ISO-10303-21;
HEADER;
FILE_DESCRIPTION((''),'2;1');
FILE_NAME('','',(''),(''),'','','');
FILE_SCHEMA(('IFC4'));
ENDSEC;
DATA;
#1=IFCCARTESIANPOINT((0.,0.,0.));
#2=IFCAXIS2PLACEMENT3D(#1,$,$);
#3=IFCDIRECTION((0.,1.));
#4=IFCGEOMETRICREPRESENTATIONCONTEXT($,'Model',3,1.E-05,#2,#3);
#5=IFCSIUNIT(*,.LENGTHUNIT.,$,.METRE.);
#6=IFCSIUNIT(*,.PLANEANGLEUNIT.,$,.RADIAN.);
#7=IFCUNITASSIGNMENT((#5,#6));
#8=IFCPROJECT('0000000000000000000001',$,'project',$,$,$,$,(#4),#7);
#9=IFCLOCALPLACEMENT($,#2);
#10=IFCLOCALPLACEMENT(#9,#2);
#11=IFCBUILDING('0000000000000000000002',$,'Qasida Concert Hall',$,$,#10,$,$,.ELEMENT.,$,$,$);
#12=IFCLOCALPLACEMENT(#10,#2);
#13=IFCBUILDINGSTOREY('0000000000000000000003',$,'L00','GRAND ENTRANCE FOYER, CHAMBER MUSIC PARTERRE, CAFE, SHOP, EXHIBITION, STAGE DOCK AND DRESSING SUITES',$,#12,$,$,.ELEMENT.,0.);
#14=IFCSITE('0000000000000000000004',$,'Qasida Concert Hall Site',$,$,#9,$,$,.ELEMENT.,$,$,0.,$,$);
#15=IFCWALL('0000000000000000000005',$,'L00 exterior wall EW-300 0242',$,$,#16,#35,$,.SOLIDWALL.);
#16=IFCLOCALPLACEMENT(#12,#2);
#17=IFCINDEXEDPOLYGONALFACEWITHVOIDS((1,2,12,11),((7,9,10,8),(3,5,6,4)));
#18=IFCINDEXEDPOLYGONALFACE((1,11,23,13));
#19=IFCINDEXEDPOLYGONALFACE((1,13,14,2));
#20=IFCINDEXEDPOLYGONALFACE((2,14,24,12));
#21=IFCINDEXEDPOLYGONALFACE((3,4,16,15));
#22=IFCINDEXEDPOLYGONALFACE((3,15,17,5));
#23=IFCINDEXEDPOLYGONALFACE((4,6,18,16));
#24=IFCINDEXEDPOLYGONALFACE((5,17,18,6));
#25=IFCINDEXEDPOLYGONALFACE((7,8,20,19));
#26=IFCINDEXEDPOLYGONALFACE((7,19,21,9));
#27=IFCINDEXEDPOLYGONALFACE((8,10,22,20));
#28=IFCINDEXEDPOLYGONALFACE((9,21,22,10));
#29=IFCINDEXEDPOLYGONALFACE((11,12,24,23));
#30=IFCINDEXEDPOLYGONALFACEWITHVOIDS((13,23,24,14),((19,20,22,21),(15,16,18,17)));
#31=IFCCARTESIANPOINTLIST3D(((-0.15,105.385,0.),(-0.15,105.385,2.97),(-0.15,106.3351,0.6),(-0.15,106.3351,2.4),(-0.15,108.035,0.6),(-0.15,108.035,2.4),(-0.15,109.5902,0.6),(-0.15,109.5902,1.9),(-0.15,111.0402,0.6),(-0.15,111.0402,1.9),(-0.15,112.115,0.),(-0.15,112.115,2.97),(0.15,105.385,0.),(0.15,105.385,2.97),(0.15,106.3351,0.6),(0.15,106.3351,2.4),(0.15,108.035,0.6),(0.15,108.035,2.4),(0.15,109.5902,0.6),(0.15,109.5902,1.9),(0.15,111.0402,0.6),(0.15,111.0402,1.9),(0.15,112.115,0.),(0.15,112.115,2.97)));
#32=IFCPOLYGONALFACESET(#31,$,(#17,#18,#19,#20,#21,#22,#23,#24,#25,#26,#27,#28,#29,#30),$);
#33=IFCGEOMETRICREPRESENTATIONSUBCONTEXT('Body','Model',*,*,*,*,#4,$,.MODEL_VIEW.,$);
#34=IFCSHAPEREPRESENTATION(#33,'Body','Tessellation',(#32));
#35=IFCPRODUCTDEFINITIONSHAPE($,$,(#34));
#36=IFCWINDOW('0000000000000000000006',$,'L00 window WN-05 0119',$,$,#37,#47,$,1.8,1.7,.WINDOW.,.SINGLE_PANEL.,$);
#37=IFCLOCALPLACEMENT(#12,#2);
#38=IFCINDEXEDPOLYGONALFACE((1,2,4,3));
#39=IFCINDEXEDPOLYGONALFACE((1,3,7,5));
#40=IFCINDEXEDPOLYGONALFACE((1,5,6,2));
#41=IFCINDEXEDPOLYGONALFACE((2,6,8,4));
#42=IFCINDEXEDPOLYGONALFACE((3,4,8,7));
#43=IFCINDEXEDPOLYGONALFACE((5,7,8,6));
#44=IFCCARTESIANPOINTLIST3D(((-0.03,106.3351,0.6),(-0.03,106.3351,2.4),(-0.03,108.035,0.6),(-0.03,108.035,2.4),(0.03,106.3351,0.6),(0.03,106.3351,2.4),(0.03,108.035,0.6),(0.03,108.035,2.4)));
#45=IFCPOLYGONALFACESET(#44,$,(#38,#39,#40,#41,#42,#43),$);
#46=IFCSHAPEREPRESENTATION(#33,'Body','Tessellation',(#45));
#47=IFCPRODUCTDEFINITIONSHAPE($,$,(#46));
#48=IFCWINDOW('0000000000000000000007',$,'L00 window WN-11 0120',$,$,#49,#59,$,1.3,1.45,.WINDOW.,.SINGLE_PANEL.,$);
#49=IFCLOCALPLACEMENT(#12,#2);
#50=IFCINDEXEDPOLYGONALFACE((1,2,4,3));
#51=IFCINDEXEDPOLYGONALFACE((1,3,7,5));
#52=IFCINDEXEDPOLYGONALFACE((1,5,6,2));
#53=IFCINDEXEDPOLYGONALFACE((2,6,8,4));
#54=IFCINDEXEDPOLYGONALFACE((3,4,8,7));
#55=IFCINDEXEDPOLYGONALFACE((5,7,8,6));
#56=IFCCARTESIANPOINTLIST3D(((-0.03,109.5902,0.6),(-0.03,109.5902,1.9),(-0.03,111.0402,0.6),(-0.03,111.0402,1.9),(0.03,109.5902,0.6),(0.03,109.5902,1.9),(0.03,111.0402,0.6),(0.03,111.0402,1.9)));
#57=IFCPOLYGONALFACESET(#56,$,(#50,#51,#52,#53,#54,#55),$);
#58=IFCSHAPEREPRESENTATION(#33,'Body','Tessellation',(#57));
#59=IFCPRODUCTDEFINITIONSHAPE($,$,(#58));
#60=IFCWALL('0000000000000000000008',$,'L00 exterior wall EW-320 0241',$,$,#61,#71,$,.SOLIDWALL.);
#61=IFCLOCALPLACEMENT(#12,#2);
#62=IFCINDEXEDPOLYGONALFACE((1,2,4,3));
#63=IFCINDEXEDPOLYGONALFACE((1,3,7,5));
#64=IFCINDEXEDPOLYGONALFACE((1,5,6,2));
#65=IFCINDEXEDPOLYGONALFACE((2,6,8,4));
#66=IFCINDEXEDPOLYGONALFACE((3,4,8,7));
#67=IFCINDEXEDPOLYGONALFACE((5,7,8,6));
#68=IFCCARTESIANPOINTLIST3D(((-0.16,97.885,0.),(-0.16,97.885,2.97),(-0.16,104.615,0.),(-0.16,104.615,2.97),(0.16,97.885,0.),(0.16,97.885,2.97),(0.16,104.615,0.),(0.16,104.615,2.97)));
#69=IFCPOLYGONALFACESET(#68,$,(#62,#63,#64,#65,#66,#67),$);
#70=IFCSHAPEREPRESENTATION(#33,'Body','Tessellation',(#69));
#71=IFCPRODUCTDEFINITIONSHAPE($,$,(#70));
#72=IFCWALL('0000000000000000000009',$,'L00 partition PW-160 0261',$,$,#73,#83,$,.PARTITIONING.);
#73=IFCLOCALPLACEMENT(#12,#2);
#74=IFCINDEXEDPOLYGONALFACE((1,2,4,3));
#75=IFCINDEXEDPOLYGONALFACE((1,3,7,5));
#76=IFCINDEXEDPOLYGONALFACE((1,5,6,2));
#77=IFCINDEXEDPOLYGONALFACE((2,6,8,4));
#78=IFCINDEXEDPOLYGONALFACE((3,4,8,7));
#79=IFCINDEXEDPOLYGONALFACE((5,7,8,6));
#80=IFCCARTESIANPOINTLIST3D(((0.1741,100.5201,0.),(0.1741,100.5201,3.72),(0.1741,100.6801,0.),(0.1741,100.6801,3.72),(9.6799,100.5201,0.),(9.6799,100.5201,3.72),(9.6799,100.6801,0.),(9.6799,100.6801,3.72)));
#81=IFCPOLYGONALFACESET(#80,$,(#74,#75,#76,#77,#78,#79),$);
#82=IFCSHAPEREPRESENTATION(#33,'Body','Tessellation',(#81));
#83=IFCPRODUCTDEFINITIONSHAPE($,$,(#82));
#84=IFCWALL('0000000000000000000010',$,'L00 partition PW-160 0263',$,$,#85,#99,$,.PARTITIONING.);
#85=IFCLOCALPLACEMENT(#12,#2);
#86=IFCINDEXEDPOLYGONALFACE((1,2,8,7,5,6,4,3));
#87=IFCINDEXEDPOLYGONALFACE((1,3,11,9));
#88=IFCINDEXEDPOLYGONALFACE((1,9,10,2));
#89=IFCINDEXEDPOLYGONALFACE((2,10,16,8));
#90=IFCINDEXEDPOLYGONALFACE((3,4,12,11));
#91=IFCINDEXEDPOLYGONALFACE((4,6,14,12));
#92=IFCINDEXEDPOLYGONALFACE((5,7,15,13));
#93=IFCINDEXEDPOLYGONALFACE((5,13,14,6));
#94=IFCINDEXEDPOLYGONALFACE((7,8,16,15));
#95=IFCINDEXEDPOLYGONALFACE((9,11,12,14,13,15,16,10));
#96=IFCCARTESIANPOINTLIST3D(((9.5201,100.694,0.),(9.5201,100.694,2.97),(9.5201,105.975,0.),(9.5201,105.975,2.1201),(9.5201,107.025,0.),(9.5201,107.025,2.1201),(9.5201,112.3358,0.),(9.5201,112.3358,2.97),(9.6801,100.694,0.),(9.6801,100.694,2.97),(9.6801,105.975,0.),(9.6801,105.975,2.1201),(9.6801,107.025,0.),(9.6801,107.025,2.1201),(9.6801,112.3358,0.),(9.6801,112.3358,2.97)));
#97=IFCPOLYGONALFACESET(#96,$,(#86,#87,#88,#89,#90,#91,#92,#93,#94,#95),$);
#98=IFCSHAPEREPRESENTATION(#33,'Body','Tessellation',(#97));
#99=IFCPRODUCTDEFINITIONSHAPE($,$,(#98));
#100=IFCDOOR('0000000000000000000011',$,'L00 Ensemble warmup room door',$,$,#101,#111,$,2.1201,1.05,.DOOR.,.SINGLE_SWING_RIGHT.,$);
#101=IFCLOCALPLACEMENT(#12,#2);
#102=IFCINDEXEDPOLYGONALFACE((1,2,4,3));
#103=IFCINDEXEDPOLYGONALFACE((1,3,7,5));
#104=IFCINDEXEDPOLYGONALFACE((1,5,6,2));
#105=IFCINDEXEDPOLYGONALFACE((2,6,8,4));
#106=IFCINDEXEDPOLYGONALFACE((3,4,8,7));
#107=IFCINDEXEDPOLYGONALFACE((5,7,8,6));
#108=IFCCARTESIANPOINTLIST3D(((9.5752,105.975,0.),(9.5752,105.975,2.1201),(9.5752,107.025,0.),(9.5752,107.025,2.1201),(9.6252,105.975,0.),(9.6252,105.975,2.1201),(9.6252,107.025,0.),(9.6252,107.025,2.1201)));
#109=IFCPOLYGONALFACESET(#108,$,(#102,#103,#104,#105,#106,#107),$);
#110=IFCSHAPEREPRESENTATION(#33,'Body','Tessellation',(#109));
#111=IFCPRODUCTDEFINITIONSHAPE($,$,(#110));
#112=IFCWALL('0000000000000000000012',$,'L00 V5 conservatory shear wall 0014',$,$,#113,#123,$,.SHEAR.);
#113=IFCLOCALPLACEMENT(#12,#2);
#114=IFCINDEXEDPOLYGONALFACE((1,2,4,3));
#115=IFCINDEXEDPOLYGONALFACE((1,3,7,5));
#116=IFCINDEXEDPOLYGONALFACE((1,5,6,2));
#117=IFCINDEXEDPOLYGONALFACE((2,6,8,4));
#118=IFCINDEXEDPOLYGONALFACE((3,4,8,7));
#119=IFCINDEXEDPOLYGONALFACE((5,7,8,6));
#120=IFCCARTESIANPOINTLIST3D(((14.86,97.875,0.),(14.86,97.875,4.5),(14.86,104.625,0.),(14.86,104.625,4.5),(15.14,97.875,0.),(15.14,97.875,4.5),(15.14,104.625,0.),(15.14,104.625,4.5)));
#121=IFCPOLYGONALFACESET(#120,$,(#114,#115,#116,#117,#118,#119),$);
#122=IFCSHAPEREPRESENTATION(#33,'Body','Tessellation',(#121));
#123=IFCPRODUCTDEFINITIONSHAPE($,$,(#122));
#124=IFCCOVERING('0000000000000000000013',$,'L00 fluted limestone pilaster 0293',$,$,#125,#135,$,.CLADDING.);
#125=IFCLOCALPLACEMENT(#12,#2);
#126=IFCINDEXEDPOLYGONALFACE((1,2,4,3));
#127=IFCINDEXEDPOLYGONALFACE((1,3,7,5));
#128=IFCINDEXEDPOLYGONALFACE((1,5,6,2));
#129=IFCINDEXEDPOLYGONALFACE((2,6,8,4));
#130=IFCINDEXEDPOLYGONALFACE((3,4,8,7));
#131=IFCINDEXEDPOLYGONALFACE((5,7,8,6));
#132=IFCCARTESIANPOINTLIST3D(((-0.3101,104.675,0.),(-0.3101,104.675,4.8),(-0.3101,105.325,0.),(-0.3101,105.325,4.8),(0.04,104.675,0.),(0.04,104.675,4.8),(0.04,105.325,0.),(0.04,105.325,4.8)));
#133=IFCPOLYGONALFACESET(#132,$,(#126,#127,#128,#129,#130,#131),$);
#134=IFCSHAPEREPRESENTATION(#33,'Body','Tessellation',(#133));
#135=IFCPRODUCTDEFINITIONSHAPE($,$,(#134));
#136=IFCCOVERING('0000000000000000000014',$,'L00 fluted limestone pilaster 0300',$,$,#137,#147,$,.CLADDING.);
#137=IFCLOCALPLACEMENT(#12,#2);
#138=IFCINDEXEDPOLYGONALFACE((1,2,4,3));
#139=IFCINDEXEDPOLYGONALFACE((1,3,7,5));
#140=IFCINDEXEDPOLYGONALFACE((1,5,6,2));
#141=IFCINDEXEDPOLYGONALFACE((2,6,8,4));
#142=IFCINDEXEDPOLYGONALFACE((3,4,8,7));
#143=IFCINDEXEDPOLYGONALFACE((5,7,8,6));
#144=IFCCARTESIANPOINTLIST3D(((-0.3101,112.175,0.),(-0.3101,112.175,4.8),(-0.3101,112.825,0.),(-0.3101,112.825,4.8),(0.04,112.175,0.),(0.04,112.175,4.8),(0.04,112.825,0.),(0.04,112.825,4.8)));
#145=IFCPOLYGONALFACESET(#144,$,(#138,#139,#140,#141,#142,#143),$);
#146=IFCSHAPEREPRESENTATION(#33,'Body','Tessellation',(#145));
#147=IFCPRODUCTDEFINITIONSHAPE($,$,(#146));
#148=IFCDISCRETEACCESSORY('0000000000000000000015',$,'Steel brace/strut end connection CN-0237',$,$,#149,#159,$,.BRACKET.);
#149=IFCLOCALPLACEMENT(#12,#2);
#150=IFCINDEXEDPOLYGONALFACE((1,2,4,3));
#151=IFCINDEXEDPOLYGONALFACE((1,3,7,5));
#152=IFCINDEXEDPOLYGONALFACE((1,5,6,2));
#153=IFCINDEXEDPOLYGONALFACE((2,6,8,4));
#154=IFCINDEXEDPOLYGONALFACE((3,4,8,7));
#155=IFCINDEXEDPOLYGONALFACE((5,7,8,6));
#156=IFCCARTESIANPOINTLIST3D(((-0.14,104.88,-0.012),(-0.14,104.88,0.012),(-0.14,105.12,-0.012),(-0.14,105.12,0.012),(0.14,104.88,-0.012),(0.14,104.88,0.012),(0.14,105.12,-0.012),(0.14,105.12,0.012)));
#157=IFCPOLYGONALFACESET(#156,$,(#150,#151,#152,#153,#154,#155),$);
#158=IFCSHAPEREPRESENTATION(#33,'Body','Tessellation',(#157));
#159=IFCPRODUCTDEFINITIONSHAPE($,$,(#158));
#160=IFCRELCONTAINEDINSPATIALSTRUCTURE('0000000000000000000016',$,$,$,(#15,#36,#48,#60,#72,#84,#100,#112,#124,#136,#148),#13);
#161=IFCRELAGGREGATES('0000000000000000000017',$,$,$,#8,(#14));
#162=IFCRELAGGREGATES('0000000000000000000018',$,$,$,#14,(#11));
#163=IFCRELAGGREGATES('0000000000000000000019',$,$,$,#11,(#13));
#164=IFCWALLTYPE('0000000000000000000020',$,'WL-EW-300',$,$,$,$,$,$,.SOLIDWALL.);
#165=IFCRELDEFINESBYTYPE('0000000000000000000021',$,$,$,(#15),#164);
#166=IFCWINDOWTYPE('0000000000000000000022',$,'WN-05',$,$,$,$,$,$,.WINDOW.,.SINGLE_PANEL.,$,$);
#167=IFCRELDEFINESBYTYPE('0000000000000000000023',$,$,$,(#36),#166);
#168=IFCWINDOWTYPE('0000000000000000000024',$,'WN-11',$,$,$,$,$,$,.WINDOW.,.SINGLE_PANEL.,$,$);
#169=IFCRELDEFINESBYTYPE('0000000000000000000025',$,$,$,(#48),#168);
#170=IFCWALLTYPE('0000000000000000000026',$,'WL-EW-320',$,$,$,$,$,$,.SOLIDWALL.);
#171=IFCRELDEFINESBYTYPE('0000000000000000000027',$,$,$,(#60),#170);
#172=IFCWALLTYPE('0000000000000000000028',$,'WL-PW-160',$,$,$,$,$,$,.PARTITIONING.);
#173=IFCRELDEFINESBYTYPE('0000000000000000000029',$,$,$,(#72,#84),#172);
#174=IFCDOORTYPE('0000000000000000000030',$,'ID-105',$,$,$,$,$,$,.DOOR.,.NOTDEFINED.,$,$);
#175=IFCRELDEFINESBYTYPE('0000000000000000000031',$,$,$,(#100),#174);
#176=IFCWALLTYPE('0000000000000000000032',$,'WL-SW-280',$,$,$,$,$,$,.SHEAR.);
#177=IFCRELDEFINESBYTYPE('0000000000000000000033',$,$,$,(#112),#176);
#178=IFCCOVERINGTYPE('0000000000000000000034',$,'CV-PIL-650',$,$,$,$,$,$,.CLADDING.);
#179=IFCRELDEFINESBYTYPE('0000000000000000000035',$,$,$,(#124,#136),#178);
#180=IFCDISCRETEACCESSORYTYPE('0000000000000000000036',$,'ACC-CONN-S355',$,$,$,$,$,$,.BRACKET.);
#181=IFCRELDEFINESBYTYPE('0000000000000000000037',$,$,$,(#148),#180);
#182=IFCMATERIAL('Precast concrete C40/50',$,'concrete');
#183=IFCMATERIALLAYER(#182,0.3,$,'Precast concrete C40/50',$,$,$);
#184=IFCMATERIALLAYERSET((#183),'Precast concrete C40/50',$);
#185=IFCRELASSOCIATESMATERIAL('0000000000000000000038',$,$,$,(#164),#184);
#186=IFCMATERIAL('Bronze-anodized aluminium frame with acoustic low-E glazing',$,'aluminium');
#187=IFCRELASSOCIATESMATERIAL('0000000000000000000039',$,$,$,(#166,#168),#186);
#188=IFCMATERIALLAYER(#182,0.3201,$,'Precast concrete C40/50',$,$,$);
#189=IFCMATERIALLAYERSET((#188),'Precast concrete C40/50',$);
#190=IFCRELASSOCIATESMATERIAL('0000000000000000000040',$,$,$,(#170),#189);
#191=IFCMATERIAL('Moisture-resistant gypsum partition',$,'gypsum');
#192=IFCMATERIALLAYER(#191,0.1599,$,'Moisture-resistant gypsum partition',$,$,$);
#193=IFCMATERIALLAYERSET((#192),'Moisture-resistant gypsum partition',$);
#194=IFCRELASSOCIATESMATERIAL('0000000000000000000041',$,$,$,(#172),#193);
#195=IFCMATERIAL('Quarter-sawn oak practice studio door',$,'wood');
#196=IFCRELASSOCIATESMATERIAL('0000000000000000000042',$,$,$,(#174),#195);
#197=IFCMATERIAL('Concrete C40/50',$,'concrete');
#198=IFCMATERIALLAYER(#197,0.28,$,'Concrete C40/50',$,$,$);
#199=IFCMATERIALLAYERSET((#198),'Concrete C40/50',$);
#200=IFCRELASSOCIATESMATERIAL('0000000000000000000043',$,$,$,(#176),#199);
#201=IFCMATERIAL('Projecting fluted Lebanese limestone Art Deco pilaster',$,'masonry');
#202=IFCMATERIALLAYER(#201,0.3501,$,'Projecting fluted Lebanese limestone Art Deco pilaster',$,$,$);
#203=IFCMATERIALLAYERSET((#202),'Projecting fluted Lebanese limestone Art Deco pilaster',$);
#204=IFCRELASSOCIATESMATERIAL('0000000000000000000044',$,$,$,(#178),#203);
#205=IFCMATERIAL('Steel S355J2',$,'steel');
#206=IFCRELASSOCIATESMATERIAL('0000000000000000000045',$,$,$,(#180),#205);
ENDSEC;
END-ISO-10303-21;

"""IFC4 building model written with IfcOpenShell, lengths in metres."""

from ifc_helpers import new_model, si_unit, direction, frame, frame_2d, origin, origin_2d, place, context, subcontext, project, spatial, rectangle, extrude, material, layer, layer_set, type_object, element, fill, save


model = new_model("IFC4")

# Units and contexts
model_context = context("Model", 3, precision=1e-05, world=origin(), true_north=direction((0.0, 1.0)))
body_context = subcontext(model_context, "Body", "Model", "MODEL_VIEW")
ifc_project = project(units=[si_unit("LENGTHUNIT", "METRE"), si_unit("PLANEANGLEUNIT", "RADIAN")], contexts=[model_context])

# Site, building, storey
site_placement = place(None, origin())
site = spatial("IfcSite", under=ifc_project, at=site_placement, Name="Qasida Concert Hall Site", CompositionType="ELEMENT", RefElevation=0.0)
building_placement = place(site_placement, origin())
building = spatial("IfcBuilding", under=site, at=building_placement, Name="Qasida Concert Hall", CompositionType="ELEMENT")
storey_placement = place(building_placement, origin())
storey = spatial("IfcBuildingStorey", under=building, at=storey_placement, Name="L00", Description="GRAND ENTRANCE FOYER, CHAMBER MUSIC PARTERRE, CAFE, SHOP, EXHIBITION, STAGE DOCK AND DRESSING SUITES", CompositionType="ELEMENT", Elevation=0.0)

# Shared definitions
ifc_material_1 = material(Name="Concrete C40/50", Category="concrete")
ifc_material_2 = material(Name="Steel S355J2", Category="steel")

# Shared definitions
ifc_material_3 = material(Name="Precast concrete C40/50", Category="concrete")
ifc_layer_1 = layer(ifc_material_3, 0.3, Name="Precast concrete C40/50")
ifc_layer_set_1 = layer_set([ifc_layer_1], Name="Precast concrete C40/50")
wall_type_1 = type_object("IfcWallType", Name="WL-EW-300", PredefinedType="SOLIDWALL", material=ifc_layer_set_1)
ifc_material_4 = material(Name="Bronze-anodized aluminium frame with acoustic low-E glazing", Category="aluminium")

# Wall, openings, windows
wall_1_placement = place(storey_placement, frame((0.0, 105.385, 0.0), z_axis=(0.0, 0.0, 1.0), x_axis=(0.0, 1.0, 0.0)))
wall_1 = element("IfcWall", 1, at=wall_1_placement, inside=storey, type_object=wall_type_1, Name="L00 exterior wall EW-300 0242", PredefinedType="SOLIDWALL", context=body_context, shape_type="SweptSolid", body=[
    extrude(rectangle(XDim=6.73, YDim=0.3, at=frame_2d((3.365, 0.0))), origin(), (0.0, 0.0, 1.0), 2.97),
])
opening_1_placement = place(wall_1_placement, frame((0.95, 0.0, 0.6001)))
opening_1 = element("IfcOpeningElement", 2, at=opening_1_placement, cuts=wall_1, PredefinedType="OPENING", context=body_context, shape_type="SweptSolid", body=[
    extrude(rectangle(XDim=1.7, YDim=1.8, at=frame_2d((0.8501, 0.8999))), frame((0.0, 0.1599, 0.0), z_axis=(0.0, -1.0, 0.0), x_axis=(1.0, 0.0, 0.0)), (0.0, 0.0, 1.0), 0.3201),
])
opening_2_placement = place(wall_1_placement, frame((4.2051, 0.0, 0.6001)))
opening_2 = element("IfcOpeningElement", 3, at=opening_2_placement, cuts=wall_1, PredefinedType="OPENING", context=body_context, shape_type="SweptSolid", body=[
    extrude(rectangle(XDim=1.45, YDim=1.3, at=frame_2d((0.7251, 0.6499))), frame((0.0, 0.1599, 0.0), z_axis=(0.0, -1.0, 0.0), x_axis=(1.0, 0.0, 0.0)), (0.0, 0.0, 1.0), 0.3201),
])
window_type_1 = type_object("IfcWindowType", Name="WN-05", PartitioningType="SINGLE_PANEL", PredefinedType="WINDOW", material=ifc_material_4)
window_1_placement = place(opening_1_placement, origin())
window_1 = element("IfcWindow", 4, at=window_1_placement, inside=storey, type_object=window_type_1, Name="L00 window WN-05 0119", OverallHeight=1.8, OverallWidth=1.7, PartitioningType="SINGLE_PANEL", PredefinedType="WINDOW", context=body_context, shape_type="SweptSolid", body=[
    extrude(rectangle(XDim=1.7, YDim=1.8, at=frame_2d((0.8501, 0.8999))), frame((0.0, 0.03, 0.0), z_axis=(0.0, -1.0, 0.0), x_axis=(1.0, 0.0, 0.0)), (0.0, 0.0, 1.0), 0.0601),
])
fill(opening_1, window_1)
window_type_2 = type_object("IfcWindowType", Name="WN-11", PartitioningType="SINGLE_PANEL", PredefinedType="WINDOW", material=ifc_material_4)
window_2_placement = place(opening_2_placement, origin())
window_2 = element("IfcWindow", 5, at=window_2_placement, inside=storey, type_object=window_type_2, Name="L00 window WN-11 0120", OverallHeight=1.3, OverallWidth=1.45, PartitioningType="SINGLE_PANEL", PredefinedType="WINDOW", context=body_context, shape_type="SweptSolid", body=[
    extrude(rectangle(XDim=1.45, YDim=1.3, at=frame_2d((0.7251, 0.6499))), frame((0.0, 0.03, 0.0), z_axis=(0.0, -1.0, 0.0), x_axis=(1.0, 0.0, 0.0)), (0.0, 0.0, 1.0), 0.0601),
])
fill(opening_2, window_2)

# Walls
ifc_layer_2 = layer(ifc_material_3, 0.3201, Name="Precast concrete C40/50")
ifc_layer_set_2 = layer_set([ifc_layer_2], Name="Precast concrete C40/50")
wall_type_2 = type_object("IfcWallType", Name="WL-EW-320", PredefinedType="SOLIDWALL", material=ifc_layer_set_2)
wall_2_placement = place(storey_placement, frame((0.0, 97.885, 0.0), z_axis=(0.0, 0.0, 1.0), x_axis=(0.0, 1.0, 0.0)))
element("IfcWall", 6, at=wall_2_placement, inside=storey, type_object=wall_type_2, Name="L00 exterior wall EW-320 0241", PredefinedType="SOLIDWALL", context=body_context, shape_type="SweptSolid", body=[
    extrude(rectangle(XDim=6.73, YDim=0.3201, at=frame_2d((3.365, 0.0))), origin(), (0.0, 0.0, 1.0), 2.97),
])
ifc_material_5 = material(Name="Moisture-resistant gypsum partition", Category="gypsum")
ifc_layer_3 = layer(ifc_material_5, 0.1599, Name="Moisture-resistant gypsum partition")
ifc_layer_set_3 = layer_set([ifc_layer_3], Name="Moisture-resistant gypsum partition")
wall_type_3 = type_object("IfcWallType", Name="WL-PW-160", PredefinedType="PARTITIONING", material=ifc_layer_set_3)
wall_3_placement = place(storey_placement, frame((0.1741, 100.6001, 0.0), z_axis=(0.0, 0.0, 1.0), x_axis=(1.0, 0.0, 0.0)))
element("IfcWall", 7, at=wall_3_placement, inside=storey, type_object=wall_type_3, Name="L00 partition PW-160 0261", PredefinedType="PARTITIONING", context=body_context, shape_type="SweptSolid", body=[
    extrude(rectangle(XDim=9.5059, YDim=0.1599, at=frame_2d((4.7529, 0.0))), origin(), (0.0, 0.0, 1.0), 3.72),
])

# Wall, opening, door
wall_4_placement = place(storey_placement, frame((9.6001, 100.6941, 0.0), z_axis=(0.0, 0.0, 1.0), x_axis=(0.0, 1.0, 0.0)))
wall_4 = element("IfcWall", 8, at=wall_4_placement, inside=storey, type_object=wall_type_3, Name="L00 partition PW-160 0263", PredefinedType="PARTITIONING", context=body_context, shape_type="SweptSolid", body=[
    extrude(rectangle(XDim=11.6418, YDim=0.1599, at=frame_2d((5.8208, 0.0))), origin(), (0.0, 0.0, 1.0), 2.97),
])
opening_3_placement = place(wall_4_placement, frame((5.281, 0.0, 0.0)))
opening_3 = element("IfcOpeningElement", 9, at=opening_3_placement, cuts=wall_4, PredefinedType="OPENING", context=body_context, shape_type="SweptSolid", body=[
    extrude(rectangle(XDim=1.05, YDim=2.1201, at=frame_2d((0.5249, 1.0601))), frame((0.0, 0.0898, 0.0), z_axis=(0.0, -1.0, 0.0), x_axis=(1.0, 0.0, 0.0)), (0.0, 0.0, 1.0), 0.1799),
])
ifc_material_6 = material(Name="Quarter-sawn oak practice studio door", Category="wood")
door_type = type_object("IfcDoorType", Name="ID-105", OperationType="NOTDEFINED", PredefinedType="DOOR", material=ifc_material_6)
door_placement = place(opening_3_placement, origin())
door = element("IfcDoor", 10, at=door_placement, inside=storey, type_object=door_type, Name="L00 Ensemble warmup room door", OperationType="SINGLE_SWING_RIGHT", OverallHeight=2.1201, OverallWidth=1.05, PredefinedType="DOOR", context=body_context, shape_type="SweptSolid", body=[
    extrude(rectangle(XDim=1.05, YDim=2.1201, at=frame_2d((0.5249, 1.0601))), frame((0.0, 0.0249, 0.0), z_axis=(0.0, -1.0, 0.0), x_axis=(1.0, 0.0, 0.0)), (0.0, 0.0, 1.0), 0.05),
])
fill(opening_3, door)

# Wall
ifc_layer_4 = layer(ifc_material_1, 0.28, Name="Concrete C40/50")
ifc_layer_set_4 = layer_set([ifc_layer_4], Name="Concrete C40/50")
wall_type_4 = type_object("IfcWallType", Name="WL-SW-280", PredefinedType="SHEAR", material=ifc_layer_set_4)
wall_5_placement = place(storey_placement, frame((15.0, 97.875, 0.0), z_axis=(0.0, 0.0, 1.0), x_axis=(0.0, 1.0, 0.0)))
element("IfcWall", 11, at=wall_5_placement, inside=storey, type_object=wall_type_4, Name="L00 V5 conservatory shear wall 0014", PredefinedType="SHEAR", context=body_context, shape_type="SweptSolid", body=[
    extrude(rectangle(XDim=6.75, YDim=0.28, at=frame_2d((3.375, 0.0))), origin(), (0.0, 0.0, 1.0), 4.5),
])

# Coverings
ifc_material_7 = material(Name="Projecting fluted Lebanese limestone Art Deco pilaster", Category="masonry")
ifc_layer_5 = layer(ifc_material_7, 0.3501, Name="Projecting fluted Lebanese limestone Art Deco pilaster")
ifc_layer_set_5 = layer_set([ifc_layer_5], Name="Projecting fluted Lebanese limestone Art Deco pilaster")
covering_type = type_object("IfcCoveringType", Name="CV-PIL-650", PredefinedType="CLADDING", material=ifc_layer_set_5)
for number, where, z_axis, x_axis, name in (
    (12, (-0.135, 105.0, 0.0), (0.0, 0.0, 1.0), (1.0, 0.0, 0.0), "L00 fluted limestone pilaster 0293"),
    (13, (-0.135, 112.5, 0.0), (0.0, 0.0, 1.0), (1.0, 0.0, 0.0), "L00 fluted limestone pilaster 0300"),
):
    element("IfcCovering", number, at=place(storey_placement, frame(where, z_axis=z_axis, x_axis=x_axis)), inside=storey, type_object=covering_type, Name=name, PredefinedType="CLADDING", context=body_context, shape_type="SweptSolid", body=[
        extrude(rectangle(XDim=0.3501, YDim=0.6499, at=origin_2d()), origin(), (0.0, 0.0, 1.0), 4.8),
    ])

# Discrete accessory
discrete_accessory_type = type_object("IfcDiscreteAccessoryType", Name="ACC-CONN-S355", PredefinedType="BRACKET", material=ifc_material_2)
discrete_accessory_placement = place(storey_placement, frame((0.0, 105.0, -0.012), z_axis=(0.0, 0.0, 1.0), x_axis=(1.0, 0.0, 0.0)))
element("IfcDiscreteAccessory", 14, at=discrete_accessory_placement, inside=storey, type_object=discrete_accessory_type, Name="Steel brace/strut end connection CN-0237", PredefinedType="BRACKET", context=body_context, shape_type="SweptSolid", body=[
    extrude(rectangle(XDim=0.28, YDim=0.24, at=origin_2d()), origin(), (0.0, 0.0, 1.0), 0.0239),
])

save(model, "model.ifc")
